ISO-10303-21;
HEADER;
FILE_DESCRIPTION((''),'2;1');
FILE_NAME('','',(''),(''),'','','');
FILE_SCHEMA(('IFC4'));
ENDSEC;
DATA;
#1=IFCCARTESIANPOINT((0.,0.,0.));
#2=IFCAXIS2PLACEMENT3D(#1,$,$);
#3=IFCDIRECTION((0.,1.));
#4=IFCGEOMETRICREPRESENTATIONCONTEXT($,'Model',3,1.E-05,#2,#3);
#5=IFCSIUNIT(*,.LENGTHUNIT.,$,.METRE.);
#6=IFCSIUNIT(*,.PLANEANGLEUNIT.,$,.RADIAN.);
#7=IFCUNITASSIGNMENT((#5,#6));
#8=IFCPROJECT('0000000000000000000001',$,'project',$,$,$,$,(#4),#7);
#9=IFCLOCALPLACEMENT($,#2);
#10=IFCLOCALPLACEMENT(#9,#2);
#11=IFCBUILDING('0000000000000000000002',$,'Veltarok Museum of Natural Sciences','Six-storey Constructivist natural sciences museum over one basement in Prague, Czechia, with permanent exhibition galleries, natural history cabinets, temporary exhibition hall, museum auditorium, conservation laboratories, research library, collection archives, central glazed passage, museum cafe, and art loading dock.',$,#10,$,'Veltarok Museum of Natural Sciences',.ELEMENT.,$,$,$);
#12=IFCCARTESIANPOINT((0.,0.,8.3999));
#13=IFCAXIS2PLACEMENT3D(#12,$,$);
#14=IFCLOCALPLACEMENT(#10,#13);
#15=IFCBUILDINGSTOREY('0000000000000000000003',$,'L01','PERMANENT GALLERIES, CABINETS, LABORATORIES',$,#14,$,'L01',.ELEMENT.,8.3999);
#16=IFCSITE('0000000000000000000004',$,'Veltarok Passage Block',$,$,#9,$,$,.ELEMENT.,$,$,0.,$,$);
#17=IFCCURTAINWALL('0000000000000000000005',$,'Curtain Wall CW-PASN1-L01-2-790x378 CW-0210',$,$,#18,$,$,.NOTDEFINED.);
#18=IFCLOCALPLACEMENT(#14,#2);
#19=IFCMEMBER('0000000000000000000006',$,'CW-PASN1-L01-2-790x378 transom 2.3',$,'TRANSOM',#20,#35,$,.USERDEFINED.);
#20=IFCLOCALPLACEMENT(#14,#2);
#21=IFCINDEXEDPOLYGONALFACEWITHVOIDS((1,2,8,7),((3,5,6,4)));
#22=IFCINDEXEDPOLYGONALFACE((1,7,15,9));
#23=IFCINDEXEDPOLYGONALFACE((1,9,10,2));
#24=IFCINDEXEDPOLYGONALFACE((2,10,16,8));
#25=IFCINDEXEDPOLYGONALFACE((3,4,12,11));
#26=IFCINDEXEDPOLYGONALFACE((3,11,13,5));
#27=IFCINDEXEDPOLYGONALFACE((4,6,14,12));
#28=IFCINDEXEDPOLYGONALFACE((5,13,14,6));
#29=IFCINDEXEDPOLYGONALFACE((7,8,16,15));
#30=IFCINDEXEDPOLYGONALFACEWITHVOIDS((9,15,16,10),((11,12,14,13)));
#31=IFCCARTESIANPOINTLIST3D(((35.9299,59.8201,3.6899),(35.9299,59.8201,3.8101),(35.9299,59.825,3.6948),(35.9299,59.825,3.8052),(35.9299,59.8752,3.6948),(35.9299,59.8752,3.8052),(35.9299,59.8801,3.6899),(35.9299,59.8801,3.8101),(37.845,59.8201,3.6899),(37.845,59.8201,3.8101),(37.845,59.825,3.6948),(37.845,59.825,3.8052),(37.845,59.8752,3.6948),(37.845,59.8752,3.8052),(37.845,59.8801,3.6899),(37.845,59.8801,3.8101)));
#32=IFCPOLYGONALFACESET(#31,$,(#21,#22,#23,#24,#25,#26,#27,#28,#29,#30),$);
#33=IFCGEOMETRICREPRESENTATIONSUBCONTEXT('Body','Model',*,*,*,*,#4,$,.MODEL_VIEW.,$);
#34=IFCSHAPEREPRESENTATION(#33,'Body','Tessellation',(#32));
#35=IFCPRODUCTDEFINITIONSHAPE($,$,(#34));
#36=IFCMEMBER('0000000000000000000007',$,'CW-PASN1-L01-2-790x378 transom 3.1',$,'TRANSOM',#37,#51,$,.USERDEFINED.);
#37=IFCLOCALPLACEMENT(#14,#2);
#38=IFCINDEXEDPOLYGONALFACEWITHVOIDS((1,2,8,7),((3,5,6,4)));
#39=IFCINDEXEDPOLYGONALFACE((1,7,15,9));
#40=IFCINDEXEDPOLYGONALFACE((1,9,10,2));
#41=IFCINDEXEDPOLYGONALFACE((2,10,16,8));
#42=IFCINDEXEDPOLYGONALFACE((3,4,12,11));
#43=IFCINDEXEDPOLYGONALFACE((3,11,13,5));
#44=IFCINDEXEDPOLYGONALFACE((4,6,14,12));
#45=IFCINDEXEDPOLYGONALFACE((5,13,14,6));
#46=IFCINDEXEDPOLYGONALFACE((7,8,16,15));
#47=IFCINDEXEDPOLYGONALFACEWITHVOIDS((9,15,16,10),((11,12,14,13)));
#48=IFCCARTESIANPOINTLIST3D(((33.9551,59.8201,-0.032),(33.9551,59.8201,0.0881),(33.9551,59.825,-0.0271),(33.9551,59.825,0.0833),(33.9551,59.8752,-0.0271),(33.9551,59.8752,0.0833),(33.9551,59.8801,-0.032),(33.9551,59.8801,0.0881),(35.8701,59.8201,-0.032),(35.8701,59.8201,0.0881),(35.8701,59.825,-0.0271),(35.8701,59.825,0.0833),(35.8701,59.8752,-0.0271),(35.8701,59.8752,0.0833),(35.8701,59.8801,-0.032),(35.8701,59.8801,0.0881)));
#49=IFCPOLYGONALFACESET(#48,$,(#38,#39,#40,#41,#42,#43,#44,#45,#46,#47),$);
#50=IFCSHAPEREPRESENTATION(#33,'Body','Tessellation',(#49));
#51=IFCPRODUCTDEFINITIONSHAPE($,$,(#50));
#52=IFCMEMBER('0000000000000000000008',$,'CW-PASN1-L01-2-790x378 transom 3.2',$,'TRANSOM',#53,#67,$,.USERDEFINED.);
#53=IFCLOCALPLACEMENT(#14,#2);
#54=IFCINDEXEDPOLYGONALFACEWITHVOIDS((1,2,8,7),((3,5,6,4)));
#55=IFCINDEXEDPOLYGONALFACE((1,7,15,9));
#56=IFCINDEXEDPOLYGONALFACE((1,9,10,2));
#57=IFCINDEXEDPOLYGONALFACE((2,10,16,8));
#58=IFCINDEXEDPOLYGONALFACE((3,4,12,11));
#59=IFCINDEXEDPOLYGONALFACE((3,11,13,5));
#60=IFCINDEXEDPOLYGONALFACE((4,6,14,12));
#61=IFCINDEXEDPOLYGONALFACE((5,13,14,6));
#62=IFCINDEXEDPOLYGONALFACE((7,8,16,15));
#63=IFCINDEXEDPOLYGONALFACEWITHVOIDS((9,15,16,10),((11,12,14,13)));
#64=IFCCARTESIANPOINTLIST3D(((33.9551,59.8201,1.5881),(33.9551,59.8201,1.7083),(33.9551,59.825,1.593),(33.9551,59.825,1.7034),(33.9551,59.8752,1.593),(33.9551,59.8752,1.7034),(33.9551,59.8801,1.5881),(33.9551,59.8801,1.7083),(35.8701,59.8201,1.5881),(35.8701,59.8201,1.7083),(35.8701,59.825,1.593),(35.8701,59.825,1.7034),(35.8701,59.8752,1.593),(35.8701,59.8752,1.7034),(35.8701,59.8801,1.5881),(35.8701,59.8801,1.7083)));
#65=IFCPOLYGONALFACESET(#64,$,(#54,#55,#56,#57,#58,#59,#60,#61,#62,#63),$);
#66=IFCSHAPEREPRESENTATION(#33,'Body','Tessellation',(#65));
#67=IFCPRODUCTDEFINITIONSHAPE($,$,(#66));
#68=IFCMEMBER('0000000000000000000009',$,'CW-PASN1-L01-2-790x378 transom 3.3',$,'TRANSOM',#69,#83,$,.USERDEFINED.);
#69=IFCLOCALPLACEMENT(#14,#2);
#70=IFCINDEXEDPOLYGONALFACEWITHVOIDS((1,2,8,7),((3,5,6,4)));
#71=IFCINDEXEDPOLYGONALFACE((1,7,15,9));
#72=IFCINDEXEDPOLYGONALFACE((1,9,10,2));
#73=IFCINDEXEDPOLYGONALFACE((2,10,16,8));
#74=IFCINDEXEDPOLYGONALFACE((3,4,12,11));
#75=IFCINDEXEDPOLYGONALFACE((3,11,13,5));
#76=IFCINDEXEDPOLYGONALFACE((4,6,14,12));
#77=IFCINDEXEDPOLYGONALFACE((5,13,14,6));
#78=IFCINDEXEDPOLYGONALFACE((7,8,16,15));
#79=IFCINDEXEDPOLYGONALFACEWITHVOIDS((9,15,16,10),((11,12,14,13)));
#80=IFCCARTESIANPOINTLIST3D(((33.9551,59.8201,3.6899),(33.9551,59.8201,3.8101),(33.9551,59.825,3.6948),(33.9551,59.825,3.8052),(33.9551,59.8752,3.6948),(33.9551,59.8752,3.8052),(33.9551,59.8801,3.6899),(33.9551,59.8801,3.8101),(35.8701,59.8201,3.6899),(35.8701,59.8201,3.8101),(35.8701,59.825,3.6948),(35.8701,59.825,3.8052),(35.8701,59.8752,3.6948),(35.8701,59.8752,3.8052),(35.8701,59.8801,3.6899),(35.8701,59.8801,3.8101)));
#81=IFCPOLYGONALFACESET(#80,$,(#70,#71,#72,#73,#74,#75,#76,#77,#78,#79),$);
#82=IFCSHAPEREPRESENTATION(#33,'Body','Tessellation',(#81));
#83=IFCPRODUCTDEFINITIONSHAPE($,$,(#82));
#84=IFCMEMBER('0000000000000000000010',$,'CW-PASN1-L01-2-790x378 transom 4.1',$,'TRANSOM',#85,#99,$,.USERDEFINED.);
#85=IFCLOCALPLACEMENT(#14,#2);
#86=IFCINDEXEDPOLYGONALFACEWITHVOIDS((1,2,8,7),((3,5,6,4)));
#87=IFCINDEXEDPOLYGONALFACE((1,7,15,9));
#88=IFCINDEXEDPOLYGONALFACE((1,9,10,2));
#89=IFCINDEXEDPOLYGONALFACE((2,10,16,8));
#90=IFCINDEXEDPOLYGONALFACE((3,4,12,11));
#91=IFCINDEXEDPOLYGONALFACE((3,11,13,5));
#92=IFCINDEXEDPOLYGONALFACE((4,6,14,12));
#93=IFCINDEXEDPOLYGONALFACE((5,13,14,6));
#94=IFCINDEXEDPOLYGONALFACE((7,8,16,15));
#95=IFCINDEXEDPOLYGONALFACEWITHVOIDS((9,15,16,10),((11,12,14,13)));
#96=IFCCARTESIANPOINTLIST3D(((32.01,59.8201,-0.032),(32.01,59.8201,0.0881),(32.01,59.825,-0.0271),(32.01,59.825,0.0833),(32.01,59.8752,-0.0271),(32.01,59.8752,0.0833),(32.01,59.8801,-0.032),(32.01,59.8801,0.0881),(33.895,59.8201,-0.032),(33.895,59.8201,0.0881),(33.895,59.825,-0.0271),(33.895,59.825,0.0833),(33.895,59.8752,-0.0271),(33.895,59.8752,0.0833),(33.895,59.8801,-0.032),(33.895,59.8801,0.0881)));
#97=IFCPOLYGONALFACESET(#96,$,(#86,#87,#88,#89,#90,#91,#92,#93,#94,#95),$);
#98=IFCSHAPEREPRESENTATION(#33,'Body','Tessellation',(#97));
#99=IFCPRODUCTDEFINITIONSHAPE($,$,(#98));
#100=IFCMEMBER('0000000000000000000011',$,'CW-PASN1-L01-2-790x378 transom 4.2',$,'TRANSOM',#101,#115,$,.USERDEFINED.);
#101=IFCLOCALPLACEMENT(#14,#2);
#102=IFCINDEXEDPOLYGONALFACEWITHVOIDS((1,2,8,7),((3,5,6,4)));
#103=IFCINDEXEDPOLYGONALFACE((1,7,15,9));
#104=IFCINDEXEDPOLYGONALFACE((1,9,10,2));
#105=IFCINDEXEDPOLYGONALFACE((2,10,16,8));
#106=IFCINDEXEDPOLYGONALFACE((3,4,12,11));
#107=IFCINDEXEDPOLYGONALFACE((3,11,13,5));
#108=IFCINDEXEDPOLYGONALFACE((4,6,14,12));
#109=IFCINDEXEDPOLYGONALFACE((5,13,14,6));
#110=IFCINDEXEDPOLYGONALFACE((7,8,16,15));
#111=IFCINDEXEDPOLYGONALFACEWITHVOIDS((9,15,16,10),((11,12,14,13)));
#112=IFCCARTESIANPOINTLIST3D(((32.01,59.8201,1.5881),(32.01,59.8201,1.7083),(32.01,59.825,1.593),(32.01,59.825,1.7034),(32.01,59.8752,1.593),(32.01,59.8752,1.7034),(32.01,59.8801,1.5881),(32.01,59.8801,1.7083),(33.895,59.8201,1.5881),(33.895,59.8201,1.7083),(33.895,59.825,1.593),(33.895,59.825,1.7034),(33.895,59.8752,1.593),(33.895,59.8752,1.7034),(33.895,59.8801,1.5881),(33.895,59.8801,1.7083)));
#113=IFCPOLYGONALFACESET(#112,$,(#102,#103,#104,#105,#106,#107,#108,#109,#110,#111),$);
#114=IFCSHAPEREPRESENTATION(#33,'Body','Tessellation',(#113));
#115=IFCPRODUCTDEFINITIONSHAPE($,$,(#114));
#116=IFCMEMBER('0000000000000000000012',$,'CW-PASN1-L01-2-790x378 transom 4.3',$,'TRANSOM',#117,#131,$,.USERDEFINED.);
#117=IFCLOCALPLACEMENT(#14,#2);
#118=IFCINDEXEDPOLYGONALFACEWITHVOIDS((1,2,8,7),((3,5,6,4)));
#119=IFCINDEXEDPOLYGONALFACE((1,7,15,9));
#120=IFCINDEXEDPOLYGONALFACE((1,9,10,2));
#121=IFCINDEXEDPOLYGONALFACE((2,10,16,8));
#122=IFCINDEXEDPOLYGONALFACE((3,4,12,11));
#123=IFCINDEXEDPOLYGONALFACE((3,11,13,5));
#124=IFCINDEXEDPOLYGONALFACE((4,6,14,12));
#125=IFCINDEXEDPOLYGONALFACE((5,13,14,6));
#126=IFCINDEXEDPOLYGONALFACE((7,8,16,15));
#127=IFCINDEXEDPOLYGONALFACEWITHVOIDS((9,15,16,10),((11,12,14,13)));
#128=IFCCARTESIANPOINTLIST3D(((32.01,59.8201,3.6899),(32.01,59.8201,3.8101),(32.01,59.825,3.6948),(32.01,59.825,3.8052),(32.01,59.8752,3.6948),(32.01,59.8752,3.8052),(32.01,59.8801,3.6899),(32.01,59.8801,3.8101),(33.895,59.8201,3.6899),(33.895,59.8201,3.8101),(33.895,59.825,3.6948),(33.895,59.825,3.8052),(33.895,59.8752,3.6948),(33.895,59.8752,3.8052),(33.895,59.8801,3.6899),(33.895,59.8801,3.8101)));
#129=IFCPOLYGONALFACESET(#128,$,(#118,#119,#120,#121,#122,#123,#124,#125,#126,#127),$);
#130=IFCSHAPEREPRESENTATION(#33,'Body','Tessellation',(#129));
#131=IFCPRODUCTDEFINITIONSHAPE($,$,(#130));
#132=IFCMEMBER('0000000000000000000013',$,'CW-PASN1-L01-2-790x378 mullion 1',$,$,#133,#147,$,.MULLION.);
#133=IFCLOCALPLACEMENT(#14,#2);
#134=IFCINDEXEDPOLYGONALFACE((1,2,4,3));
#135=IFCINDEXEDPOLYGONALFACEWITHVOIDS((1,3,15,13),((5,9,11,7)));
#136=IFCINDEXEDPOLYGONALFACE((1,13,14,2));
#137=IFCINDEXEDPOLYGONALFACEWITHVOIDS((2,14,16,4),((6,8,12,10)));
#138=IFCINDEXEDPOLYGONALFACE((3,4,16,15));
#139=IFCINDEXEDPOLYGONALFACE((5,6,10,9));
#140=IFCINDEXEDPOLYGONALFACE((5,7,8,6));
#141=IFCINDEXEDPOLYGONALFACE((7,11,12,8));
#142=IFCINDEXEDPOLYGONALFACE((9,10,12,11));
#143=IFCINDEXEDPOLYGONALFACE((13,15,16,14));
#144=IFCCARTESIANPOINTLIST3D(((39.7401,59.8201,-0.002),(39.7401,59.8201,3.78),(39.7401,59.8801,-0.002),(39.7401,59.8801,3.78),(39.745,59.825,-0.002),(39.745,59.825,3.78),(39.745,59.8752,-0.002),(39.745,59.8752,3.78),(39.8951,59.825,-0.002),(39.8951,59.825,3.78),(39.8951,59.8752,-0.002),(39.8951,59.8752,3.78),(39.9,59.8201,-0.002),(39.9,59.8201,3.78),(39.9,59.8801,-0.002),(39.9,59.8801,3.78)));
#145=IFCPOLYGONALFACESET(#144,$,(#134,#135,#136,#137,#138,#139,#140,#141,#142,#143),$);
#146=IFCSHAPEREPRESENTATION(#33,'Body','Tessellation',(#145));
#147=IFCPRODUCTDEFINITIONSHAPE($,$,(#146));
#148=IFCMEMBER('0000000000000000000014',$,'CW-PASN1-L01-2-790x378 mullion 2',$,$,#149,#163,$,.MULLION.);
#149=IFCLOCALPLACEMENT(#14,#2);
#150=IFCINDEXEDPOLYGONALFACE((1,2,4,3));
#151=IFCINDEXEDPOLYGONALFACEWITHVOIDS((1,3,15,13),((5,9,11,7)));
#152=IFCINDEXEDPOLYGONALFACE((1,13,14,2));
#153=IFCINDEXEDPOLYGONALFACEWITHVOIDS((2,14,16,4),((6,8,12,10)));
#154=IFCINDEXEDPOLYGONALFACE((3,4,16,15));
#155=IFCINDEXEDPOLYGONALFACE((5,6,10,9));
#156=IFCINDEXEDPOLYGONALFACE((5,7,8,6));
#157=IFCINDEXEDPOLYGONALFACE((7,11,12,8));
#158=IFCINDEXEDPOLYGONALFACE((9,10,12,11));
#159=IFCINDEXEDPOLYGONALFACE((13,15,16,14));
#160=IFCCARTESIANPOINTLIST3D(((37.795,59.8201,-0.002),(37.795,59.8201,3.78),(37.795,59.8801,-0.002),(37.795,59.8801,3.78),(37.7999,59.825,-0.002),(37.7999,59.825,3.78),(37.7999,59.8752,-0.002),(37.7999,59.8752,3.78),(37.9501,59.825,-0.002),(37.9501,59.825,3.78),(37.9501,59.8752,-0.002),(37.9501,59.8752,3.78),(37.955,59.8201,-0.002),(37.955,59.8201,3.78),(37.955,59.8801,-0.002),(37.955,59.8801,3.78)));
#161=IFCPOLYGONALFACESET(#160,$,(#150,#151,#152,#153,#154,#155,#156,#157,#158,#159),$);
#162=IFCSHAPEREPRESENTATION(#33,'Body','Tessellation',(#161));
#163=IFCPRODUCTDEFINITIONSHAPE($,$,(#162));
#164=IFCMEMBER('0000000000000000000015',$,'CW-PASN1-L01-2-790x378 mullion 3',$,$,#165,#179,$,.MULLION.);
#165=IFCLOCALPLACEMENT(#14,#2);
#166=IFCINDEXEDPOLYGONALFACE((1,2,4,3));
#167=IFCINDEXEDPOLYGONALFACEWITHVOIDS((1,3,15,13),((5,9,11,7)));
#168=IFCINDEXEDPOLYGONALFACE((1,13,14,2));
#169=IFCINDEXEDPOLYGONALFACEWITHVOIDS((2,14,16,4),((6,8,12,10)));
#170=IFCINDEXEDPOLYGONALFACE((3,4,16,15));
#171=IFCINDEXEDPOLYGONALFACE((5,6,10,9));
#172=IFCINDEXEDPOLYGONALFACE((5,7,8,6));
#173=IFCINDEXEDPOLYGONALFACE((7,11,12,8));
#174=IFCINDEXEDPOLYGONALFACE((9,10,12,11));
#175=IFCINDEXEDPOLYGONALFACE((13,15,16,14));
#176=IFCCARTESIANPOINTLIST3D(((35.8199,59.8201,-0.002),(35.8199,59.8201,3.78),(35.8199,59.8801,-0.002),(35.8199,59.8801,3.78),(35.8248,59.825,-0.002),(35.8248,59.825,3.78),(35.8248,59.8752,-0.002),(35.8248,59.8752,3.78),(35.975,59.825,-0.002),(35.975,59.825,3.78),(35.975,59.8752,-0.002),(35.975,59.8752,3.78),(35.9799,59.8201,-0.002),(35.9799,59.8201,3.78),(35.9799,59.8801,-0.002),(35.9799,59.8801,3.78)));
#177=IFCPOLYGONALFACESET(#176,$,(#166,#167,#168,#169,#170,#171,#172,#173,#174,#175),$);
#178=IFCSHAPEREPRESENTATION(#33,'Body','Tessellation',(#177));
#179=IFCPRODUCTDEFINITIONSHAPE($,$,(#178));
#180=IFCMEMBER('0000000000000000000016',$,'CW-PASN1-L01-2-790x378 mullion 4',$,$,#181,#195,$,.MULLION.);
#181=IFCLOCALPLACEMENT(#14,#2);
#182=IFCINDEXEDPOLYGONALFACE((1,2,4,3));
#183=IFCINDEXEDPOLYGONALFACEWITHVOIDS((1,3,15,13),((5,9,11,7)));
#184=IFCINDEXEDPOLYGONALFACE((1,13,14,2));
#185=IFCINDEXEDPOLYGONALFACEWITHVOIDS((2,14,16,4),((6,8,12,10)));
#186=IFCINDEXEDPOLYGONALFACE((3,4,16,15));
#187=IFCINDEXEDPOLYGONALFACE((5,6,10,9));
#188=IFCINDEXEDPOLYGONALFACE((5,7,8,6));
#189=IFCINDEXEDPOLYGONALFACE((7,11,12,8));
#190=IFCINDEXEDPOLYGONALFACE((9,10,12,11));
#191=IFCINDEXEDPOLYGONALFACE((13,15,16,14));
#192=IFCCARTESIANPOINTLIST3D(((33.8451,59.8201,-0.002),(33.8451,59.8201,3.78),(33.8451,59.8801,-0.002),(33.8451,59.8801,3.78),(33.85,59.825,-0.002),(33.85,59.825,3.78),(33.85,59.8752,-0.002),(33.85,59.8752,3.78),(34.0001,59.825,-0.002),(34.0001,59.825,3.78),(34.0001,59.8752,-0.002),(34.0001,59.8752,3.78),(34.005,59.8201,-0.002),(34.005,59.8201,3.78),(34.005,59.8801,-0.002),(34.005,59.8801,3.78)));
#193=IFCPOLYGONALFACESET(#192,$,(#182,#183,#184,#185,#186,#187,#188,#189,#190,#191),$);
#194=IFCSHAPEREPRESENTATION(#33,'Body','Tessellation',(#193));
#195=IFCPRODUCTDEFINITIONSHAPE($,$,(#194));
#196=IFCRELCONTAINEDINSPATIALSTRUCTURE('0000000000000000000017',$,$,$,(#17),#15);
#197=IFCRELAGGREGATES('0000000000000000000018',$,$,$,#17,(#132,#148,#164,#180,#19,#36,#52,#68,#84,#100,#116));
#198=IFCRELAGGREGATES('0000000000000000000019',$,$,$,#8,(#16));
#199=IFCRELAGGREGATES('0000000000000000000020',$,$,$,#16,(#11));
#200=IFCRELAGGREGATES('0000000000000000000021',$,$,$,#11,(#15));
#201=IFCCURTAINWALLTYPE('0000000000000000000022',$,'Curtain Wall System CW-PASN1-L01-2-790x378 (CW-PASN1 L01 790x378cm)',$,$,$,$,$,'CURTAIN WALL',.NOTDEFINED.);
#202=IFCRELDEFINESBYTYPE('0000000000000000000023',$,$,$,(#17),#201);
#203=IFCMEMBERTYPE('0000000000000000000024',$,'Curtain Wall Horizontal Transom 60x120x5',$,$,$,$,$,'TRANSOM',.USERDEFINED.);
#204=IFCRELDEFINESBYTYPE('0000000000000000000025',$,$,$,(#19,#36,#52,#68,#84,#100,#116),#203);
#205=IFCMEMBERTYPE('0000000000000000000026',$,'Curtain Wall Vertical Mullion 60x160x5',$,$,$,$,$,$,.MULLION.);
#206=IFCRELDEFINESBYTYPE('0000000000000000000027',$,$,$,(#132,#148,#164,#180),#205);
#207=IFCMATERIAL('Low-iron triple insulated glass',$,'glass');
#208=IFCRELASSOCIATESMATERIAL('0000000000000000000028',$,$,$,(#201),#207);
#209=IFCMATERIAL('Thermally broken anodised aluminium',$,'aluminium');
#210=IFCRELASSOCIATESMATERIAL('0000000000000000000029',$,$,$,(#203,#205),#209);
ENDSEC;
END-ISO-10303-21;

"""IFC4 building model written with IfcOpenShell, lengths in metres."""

from ifc_helpers import new_model, si_unit, direction, frame, origin, origin_2d, place, context, subcontext, project, spatial, hollow_rectangle, extrude, material, material_profile, profile_set, type_object, element, aggregate, save


model = new_model("IFC4")

# Units and contexts
model_context = context("Model", 3, precision=1e-05, world=origin(), true_north=direction((0.0, 1.0)))
body_context = subcontext(model_context, "Body", "Model", "MODEL_VIEW")
ifc_project = project(units=[si_unit("LENGTHUNIT", "METRE"), si_unit("PLANEANGLEUNIT", "RADIAN")], contexts=[model_context])

# Site, building, storey
site_placement = place(None, origin())
site = spatial("IfcSite", under=ifc_project, at=site_placement, Name="Veltarok Passage Block", CompositionType="ELEMENT", RefElevation=0.0)
building_placement = place(site_placement, origin())
building = spatial("IfcBuilding", under=site, at=building_placement, Name="Veltarok Museum of Natural Sciences", Description="Six-storey Constructivist natural sciences museum over one basement in Prague, Czechia, with permanent exhibition galleries, natural history cabinets, temporary exhibition hall, museum auditorium, conservation laboratories, research library, collection archives, central glazed passage, museum cafe, and art loading dock.", LongName="Veltarok Museum of Natural Sciences", CompositionType="ELEMENT")
storey_placement = place(building_placement, frame((0.0, 0.0, 8.3999)))
storey = spatial("IfcBuildingStorey", under=building, at=storey_placement, Name="L01", Description="PERMANENT GALLERIES, CABINETS, LABORATORIES", LongName="L01", CompositionType="ELEMENT", Elevation=8.3999)

# Curtain wall, members
ifc_material_1 = material(Name="Low-iron triple insulated glass", Category="glass")
curtain_wall_type = type_object("IfcCurtainWallType", Name="Curtain Wall System CW-PASN1-L01-2-790x378 (CW-PASN1 L01 790x378cm)", ElementType="CURTAIN WALL", PredefinedType="NOTDEFINED", material=ifc_material_1)
curtain_wall_placement = place(storey_placement, origin())
curtain_wall = element("IfcCurtainWall", 1, at=curtain_wall_placement, inside=storey, type_object=curtain_wall_type, Name="Curtain Wall CW-PASN1-L01-2-790x378 CW-0210", PredefinedType="NOTDEFINED")
ifc_material_2 = material(Name="Thermally broken anodised aluminium", Category="aluminium")
ifc_material_profile_1 = material_profile(ifc_material_2, hollow_rectangle(XDim=0.0601, YDim=0.1201, WallThickness=0.0049, at=origin_2d()), Name="CW TRANSOM 60x120x5")
ifc_profile_set_1 = profile_set([ifc_material_profile_1], Name="Thermally broken anodised aluminium")
member_type_1 = type_object("IfcMemberType", Name="Curtain Wall Horizontal Transom 60x120x5", ElementType="TRANSOM", PredefinedType="USERDEFINED", material=ifc_profile_set_1)
member_1_placement = place(storey_placement, frame((37.845, 59.8501, 3.75), z_axis=(-1.0, 0.0, 0.0), x_axis=(0.0, -1.0, 0.0)))
member_1 = element("IfcMember", 2, at=member_1_placement, type_object=member_type_1, Name="CW-PASN1-L01-2-790x378 transom 2.3", ObjectType="TRANSOM", PredefinedType="USERDEFINED", context=body_context, shape_type="SweptSolid", body=[
    extrude(hollow_rectangle(XDim=0.0601, YDim=0.1201, WallThickness=0.0049, at=origin_2d()), origin(), (0.0, 0.0, 1.0), 1.915),
])
member_2_placement = place(storey_placement, frame((35.8701, 59.8501, 0.0281), z_axis=(-1.0, 0.0, 0.0), x_axis=(0.0, -1.0, 0.0)))
member_2 = element("IfcMember", 3, at=member_2_placement, type_object=member_type_1, Name="CW-PASN1-L01-2-790x378 transom 3.1", ObjectType="TRANSOM", PredefinedType="USERDEFINED", context=body_context, shape_type="SweptSolid", body=[
    extrude(hollow_rectangle(XDim=0.0601, YDim=0.1201, WallThickness=0.0049, at=origin_2d()), origin(), (0.0, 0.0, 1.0), 1.915),
])
member_3_placement = place(storey_placement, frame((35.8701, 59.8501, 1.6482), z_axis=(-1.0, 0.0, 0.0), x_axis=(0.0, -1.0, 0.0)))
member_3 = element("IfcMember", 4, at=member_3_placement, type_object=member_type_1, Name="CW-PASN1-L01-2-790x378 transom 3.2", ObjectType="TRANSOM", PredefinedType="USERDEFINED", context=body_context, shape_type="SweptSolid", body=[
    extrude(hollow_rectangle(XDim=0.0601, YDim=0.1201, WallThickness=0.0049, at=origin_2d()), origin(), (0.0, 0.0, 1.0), 1.915),
])
member_4_placement = place(storey_placement, frame((35.8701, 59.8501, 3.75), z_axis=(-1.0, 0.0, 0.0), x_axis=(0.0, -1.0, 0.0)))
member_4 = element("IfcMember", 5, at=member_4_placement, type_object=member_type_1, Name="CW-PASN1-L01-2-790x378 transom 3.3", ObjectType="TRANSOM", PredefinedType="USERDEFINED", context=body_context, shape_type="SweptSolid", body=[
    extrude(hollow_rectangle(XDim=0.0601, YDim=0.1201, WallThickness=0.0049, at=origin_2d()), origin(), (0.0, 0.0, 1.0), 1.915),
])
member_5_placement = place(storey_placement, frame((33.895, 59.8501, 0.0281), z_axis=(-1.0, 0.0, 0.0), x_axis=(0.0, -1.0, 0.0)))
member_5 = element("IfcMember", 6, at=member_5_placement, type_object=member_type_1, Name="CW-PASN1-L01-2-790x378 transom 4.1", ObjectType="TRANSOM", PredefinedType="USERDEFINED", context=body_context, shape_type="SweptSolid", body=[
    extrude(hollow_rectangle(XDim=0.0601, YDim=0.1201, WallThickness=0.0049, at=origin_2d()), origin(), (0.0, 0.0, 1.0), 1.885),
])
member_6_placement = place(storey_placement, frame((33.895, 59.8501, 1.6482), z_axis=(-1.0, 0.0, 0.0), x_axis=(0.0, -1.0, 0.0)))
member_6 = element("IfcMember", 7, at=member_6_placement, type_object=member_type_1, Name="CW-PASN1-L01-2-790x378 transom 4.2", ObjectType="TRANSOM", PredefinedType="USERDEFINED", context=body_context, shape_type="SweptSolid", body=[
    extrude(hollow_rectangle(XDim=0.0601, YDim=0.1201, WallThickness=0.0049, at=origin_2d()), origin(), (0.0, 0.0, 1.0), 1.885),
])
member_7_placement = place(storey_placement, frame((33.895, 59.8501, 3.75), z_axis=(-1.0, 0.0, 0.0), x_axis=(0.0, -1.0, 0.0)))
member_7 = element("IfcMember", 8, at=member_7_placement, type_object=member_type_1, Name="CW-PASN1-L01-2-790x378 transom 4.3", ObjectType="TRANSOM", PredefinedType="USERDEFINED", context=body_context, shape_type="SweptSolid", body=[
    extrude(hollow_rectangle(XDim=0.0601, YDim=0.1201, WallThickness=0.0049, at=origin_2d()), origin(), (0.0, 0.0, 1.0), 1.885),
])
ifc_material_profile_2 = material_profile(ifc_material_2, hollow_rectangle(XDim=0.0601, YDim=0.1599, WallThickness=0.0049, at=origin_2d()), Name="CW MULLION 60x160x5")
ifc_profile_set_2 = profile_set([ifc_material_profile_2], Name="Thermally broken anodised aluminium")
member_type_2 = type_object("IfcMemberType", Name="Curtain Wall Vertical Mullion 60x160x5", PredefinedType="MULLION", material=ifc_profile_set_2)
member_8_placement = place(storey_placement, frame((39.8201, 59.8501, -0.002), z_axis=(0.0, 0.0, 1.0), x_axis=(0.0, -1.0, 0.0)))
member_8 = element("IfcMember", 9, at=member_8_placement, type_object=member_type_2, Name="CW-PASN1-L01-2-790x378 mullion 1", PredefinedType="MULLION", context=body_context, shape_type="SweptSolid", body=[
    extrude(hollow_rectangle(XDim=0.0601, YDim=0.1599, WallThickness=0.0049, at=origin_2d()), origin(), (0.0, 0.0, 1.0), 3.782),
])
member_9_placement = place(storey_placement, frame((37.875, 59.8501, -0.002), z_axis=(0.0, 0.0, 1.0), x_axis=(0.0, -1.0, 0.0)))
member_9 = element("IfcMember", 10, at=member_9_placement, type_object=member_type_2, Name="CW-PASN1-L01-2-790x378 mullion 2", PredefinedType="MULLION", context=body_context, shape_type="SweptSolid", body=[
    extrude(hollow_rectangle(XDim=0.0601, YDim=0.1599, WallThickness=0.0049, at=origin_2d()), origin(), (0.0, 0.0, 1.0), 3.782),
])
member_10_placement = place(storey_placement, frame((35.8999, 59.8501, -0.002), z_axis=(0.0, 0.0, 1.0), x_axis=(0.0, -1.0, 0.0)))
member_10 = element("IfcMember", 11, at=member_10_placement, type_object=member_type_2, Name="CW-PASN1-L01-2-790x378 mullion 3", PredefinedType="MULLION", context=body_context, shape_type="SweptSolid", body=[
    extrude(hollow_rectangle(XDim=0.0601, YDim=0.1599, WallThickness=0.0049, at=origin_2d()), origin(), (0.0, 0.0, 1.0), 3.782),
])
member_11_placement = place(storey_placement, frame((33.925, 59.8501, -0.002), z_axis=(0.0, 0.0, 1.0), x_axis=(0.0, -1.0, 0.0)))
member_11 = element("IfcMember", 12, at=member_11_placement, type_object=member_type_2, Name="CW-PASN1-L01-2-790x378 mullion 4", PredefinedType="MULLION", context=body_context, shape_type="SweptSolid", body=[
    extrude(hollow_rectangle(XDim=0.0601, YDim=0.1599, WallThickness=0.0049, at=origin_2d()), origin(), (0.0, 0.0, 1.0), 3.782),
])

aggregate(curtain_wall, [member_8, member_9, member_10, member_11, member_1, member_2, member_3, member_4, member_5, member_6, member_7])

save(model, "model.ifc")
